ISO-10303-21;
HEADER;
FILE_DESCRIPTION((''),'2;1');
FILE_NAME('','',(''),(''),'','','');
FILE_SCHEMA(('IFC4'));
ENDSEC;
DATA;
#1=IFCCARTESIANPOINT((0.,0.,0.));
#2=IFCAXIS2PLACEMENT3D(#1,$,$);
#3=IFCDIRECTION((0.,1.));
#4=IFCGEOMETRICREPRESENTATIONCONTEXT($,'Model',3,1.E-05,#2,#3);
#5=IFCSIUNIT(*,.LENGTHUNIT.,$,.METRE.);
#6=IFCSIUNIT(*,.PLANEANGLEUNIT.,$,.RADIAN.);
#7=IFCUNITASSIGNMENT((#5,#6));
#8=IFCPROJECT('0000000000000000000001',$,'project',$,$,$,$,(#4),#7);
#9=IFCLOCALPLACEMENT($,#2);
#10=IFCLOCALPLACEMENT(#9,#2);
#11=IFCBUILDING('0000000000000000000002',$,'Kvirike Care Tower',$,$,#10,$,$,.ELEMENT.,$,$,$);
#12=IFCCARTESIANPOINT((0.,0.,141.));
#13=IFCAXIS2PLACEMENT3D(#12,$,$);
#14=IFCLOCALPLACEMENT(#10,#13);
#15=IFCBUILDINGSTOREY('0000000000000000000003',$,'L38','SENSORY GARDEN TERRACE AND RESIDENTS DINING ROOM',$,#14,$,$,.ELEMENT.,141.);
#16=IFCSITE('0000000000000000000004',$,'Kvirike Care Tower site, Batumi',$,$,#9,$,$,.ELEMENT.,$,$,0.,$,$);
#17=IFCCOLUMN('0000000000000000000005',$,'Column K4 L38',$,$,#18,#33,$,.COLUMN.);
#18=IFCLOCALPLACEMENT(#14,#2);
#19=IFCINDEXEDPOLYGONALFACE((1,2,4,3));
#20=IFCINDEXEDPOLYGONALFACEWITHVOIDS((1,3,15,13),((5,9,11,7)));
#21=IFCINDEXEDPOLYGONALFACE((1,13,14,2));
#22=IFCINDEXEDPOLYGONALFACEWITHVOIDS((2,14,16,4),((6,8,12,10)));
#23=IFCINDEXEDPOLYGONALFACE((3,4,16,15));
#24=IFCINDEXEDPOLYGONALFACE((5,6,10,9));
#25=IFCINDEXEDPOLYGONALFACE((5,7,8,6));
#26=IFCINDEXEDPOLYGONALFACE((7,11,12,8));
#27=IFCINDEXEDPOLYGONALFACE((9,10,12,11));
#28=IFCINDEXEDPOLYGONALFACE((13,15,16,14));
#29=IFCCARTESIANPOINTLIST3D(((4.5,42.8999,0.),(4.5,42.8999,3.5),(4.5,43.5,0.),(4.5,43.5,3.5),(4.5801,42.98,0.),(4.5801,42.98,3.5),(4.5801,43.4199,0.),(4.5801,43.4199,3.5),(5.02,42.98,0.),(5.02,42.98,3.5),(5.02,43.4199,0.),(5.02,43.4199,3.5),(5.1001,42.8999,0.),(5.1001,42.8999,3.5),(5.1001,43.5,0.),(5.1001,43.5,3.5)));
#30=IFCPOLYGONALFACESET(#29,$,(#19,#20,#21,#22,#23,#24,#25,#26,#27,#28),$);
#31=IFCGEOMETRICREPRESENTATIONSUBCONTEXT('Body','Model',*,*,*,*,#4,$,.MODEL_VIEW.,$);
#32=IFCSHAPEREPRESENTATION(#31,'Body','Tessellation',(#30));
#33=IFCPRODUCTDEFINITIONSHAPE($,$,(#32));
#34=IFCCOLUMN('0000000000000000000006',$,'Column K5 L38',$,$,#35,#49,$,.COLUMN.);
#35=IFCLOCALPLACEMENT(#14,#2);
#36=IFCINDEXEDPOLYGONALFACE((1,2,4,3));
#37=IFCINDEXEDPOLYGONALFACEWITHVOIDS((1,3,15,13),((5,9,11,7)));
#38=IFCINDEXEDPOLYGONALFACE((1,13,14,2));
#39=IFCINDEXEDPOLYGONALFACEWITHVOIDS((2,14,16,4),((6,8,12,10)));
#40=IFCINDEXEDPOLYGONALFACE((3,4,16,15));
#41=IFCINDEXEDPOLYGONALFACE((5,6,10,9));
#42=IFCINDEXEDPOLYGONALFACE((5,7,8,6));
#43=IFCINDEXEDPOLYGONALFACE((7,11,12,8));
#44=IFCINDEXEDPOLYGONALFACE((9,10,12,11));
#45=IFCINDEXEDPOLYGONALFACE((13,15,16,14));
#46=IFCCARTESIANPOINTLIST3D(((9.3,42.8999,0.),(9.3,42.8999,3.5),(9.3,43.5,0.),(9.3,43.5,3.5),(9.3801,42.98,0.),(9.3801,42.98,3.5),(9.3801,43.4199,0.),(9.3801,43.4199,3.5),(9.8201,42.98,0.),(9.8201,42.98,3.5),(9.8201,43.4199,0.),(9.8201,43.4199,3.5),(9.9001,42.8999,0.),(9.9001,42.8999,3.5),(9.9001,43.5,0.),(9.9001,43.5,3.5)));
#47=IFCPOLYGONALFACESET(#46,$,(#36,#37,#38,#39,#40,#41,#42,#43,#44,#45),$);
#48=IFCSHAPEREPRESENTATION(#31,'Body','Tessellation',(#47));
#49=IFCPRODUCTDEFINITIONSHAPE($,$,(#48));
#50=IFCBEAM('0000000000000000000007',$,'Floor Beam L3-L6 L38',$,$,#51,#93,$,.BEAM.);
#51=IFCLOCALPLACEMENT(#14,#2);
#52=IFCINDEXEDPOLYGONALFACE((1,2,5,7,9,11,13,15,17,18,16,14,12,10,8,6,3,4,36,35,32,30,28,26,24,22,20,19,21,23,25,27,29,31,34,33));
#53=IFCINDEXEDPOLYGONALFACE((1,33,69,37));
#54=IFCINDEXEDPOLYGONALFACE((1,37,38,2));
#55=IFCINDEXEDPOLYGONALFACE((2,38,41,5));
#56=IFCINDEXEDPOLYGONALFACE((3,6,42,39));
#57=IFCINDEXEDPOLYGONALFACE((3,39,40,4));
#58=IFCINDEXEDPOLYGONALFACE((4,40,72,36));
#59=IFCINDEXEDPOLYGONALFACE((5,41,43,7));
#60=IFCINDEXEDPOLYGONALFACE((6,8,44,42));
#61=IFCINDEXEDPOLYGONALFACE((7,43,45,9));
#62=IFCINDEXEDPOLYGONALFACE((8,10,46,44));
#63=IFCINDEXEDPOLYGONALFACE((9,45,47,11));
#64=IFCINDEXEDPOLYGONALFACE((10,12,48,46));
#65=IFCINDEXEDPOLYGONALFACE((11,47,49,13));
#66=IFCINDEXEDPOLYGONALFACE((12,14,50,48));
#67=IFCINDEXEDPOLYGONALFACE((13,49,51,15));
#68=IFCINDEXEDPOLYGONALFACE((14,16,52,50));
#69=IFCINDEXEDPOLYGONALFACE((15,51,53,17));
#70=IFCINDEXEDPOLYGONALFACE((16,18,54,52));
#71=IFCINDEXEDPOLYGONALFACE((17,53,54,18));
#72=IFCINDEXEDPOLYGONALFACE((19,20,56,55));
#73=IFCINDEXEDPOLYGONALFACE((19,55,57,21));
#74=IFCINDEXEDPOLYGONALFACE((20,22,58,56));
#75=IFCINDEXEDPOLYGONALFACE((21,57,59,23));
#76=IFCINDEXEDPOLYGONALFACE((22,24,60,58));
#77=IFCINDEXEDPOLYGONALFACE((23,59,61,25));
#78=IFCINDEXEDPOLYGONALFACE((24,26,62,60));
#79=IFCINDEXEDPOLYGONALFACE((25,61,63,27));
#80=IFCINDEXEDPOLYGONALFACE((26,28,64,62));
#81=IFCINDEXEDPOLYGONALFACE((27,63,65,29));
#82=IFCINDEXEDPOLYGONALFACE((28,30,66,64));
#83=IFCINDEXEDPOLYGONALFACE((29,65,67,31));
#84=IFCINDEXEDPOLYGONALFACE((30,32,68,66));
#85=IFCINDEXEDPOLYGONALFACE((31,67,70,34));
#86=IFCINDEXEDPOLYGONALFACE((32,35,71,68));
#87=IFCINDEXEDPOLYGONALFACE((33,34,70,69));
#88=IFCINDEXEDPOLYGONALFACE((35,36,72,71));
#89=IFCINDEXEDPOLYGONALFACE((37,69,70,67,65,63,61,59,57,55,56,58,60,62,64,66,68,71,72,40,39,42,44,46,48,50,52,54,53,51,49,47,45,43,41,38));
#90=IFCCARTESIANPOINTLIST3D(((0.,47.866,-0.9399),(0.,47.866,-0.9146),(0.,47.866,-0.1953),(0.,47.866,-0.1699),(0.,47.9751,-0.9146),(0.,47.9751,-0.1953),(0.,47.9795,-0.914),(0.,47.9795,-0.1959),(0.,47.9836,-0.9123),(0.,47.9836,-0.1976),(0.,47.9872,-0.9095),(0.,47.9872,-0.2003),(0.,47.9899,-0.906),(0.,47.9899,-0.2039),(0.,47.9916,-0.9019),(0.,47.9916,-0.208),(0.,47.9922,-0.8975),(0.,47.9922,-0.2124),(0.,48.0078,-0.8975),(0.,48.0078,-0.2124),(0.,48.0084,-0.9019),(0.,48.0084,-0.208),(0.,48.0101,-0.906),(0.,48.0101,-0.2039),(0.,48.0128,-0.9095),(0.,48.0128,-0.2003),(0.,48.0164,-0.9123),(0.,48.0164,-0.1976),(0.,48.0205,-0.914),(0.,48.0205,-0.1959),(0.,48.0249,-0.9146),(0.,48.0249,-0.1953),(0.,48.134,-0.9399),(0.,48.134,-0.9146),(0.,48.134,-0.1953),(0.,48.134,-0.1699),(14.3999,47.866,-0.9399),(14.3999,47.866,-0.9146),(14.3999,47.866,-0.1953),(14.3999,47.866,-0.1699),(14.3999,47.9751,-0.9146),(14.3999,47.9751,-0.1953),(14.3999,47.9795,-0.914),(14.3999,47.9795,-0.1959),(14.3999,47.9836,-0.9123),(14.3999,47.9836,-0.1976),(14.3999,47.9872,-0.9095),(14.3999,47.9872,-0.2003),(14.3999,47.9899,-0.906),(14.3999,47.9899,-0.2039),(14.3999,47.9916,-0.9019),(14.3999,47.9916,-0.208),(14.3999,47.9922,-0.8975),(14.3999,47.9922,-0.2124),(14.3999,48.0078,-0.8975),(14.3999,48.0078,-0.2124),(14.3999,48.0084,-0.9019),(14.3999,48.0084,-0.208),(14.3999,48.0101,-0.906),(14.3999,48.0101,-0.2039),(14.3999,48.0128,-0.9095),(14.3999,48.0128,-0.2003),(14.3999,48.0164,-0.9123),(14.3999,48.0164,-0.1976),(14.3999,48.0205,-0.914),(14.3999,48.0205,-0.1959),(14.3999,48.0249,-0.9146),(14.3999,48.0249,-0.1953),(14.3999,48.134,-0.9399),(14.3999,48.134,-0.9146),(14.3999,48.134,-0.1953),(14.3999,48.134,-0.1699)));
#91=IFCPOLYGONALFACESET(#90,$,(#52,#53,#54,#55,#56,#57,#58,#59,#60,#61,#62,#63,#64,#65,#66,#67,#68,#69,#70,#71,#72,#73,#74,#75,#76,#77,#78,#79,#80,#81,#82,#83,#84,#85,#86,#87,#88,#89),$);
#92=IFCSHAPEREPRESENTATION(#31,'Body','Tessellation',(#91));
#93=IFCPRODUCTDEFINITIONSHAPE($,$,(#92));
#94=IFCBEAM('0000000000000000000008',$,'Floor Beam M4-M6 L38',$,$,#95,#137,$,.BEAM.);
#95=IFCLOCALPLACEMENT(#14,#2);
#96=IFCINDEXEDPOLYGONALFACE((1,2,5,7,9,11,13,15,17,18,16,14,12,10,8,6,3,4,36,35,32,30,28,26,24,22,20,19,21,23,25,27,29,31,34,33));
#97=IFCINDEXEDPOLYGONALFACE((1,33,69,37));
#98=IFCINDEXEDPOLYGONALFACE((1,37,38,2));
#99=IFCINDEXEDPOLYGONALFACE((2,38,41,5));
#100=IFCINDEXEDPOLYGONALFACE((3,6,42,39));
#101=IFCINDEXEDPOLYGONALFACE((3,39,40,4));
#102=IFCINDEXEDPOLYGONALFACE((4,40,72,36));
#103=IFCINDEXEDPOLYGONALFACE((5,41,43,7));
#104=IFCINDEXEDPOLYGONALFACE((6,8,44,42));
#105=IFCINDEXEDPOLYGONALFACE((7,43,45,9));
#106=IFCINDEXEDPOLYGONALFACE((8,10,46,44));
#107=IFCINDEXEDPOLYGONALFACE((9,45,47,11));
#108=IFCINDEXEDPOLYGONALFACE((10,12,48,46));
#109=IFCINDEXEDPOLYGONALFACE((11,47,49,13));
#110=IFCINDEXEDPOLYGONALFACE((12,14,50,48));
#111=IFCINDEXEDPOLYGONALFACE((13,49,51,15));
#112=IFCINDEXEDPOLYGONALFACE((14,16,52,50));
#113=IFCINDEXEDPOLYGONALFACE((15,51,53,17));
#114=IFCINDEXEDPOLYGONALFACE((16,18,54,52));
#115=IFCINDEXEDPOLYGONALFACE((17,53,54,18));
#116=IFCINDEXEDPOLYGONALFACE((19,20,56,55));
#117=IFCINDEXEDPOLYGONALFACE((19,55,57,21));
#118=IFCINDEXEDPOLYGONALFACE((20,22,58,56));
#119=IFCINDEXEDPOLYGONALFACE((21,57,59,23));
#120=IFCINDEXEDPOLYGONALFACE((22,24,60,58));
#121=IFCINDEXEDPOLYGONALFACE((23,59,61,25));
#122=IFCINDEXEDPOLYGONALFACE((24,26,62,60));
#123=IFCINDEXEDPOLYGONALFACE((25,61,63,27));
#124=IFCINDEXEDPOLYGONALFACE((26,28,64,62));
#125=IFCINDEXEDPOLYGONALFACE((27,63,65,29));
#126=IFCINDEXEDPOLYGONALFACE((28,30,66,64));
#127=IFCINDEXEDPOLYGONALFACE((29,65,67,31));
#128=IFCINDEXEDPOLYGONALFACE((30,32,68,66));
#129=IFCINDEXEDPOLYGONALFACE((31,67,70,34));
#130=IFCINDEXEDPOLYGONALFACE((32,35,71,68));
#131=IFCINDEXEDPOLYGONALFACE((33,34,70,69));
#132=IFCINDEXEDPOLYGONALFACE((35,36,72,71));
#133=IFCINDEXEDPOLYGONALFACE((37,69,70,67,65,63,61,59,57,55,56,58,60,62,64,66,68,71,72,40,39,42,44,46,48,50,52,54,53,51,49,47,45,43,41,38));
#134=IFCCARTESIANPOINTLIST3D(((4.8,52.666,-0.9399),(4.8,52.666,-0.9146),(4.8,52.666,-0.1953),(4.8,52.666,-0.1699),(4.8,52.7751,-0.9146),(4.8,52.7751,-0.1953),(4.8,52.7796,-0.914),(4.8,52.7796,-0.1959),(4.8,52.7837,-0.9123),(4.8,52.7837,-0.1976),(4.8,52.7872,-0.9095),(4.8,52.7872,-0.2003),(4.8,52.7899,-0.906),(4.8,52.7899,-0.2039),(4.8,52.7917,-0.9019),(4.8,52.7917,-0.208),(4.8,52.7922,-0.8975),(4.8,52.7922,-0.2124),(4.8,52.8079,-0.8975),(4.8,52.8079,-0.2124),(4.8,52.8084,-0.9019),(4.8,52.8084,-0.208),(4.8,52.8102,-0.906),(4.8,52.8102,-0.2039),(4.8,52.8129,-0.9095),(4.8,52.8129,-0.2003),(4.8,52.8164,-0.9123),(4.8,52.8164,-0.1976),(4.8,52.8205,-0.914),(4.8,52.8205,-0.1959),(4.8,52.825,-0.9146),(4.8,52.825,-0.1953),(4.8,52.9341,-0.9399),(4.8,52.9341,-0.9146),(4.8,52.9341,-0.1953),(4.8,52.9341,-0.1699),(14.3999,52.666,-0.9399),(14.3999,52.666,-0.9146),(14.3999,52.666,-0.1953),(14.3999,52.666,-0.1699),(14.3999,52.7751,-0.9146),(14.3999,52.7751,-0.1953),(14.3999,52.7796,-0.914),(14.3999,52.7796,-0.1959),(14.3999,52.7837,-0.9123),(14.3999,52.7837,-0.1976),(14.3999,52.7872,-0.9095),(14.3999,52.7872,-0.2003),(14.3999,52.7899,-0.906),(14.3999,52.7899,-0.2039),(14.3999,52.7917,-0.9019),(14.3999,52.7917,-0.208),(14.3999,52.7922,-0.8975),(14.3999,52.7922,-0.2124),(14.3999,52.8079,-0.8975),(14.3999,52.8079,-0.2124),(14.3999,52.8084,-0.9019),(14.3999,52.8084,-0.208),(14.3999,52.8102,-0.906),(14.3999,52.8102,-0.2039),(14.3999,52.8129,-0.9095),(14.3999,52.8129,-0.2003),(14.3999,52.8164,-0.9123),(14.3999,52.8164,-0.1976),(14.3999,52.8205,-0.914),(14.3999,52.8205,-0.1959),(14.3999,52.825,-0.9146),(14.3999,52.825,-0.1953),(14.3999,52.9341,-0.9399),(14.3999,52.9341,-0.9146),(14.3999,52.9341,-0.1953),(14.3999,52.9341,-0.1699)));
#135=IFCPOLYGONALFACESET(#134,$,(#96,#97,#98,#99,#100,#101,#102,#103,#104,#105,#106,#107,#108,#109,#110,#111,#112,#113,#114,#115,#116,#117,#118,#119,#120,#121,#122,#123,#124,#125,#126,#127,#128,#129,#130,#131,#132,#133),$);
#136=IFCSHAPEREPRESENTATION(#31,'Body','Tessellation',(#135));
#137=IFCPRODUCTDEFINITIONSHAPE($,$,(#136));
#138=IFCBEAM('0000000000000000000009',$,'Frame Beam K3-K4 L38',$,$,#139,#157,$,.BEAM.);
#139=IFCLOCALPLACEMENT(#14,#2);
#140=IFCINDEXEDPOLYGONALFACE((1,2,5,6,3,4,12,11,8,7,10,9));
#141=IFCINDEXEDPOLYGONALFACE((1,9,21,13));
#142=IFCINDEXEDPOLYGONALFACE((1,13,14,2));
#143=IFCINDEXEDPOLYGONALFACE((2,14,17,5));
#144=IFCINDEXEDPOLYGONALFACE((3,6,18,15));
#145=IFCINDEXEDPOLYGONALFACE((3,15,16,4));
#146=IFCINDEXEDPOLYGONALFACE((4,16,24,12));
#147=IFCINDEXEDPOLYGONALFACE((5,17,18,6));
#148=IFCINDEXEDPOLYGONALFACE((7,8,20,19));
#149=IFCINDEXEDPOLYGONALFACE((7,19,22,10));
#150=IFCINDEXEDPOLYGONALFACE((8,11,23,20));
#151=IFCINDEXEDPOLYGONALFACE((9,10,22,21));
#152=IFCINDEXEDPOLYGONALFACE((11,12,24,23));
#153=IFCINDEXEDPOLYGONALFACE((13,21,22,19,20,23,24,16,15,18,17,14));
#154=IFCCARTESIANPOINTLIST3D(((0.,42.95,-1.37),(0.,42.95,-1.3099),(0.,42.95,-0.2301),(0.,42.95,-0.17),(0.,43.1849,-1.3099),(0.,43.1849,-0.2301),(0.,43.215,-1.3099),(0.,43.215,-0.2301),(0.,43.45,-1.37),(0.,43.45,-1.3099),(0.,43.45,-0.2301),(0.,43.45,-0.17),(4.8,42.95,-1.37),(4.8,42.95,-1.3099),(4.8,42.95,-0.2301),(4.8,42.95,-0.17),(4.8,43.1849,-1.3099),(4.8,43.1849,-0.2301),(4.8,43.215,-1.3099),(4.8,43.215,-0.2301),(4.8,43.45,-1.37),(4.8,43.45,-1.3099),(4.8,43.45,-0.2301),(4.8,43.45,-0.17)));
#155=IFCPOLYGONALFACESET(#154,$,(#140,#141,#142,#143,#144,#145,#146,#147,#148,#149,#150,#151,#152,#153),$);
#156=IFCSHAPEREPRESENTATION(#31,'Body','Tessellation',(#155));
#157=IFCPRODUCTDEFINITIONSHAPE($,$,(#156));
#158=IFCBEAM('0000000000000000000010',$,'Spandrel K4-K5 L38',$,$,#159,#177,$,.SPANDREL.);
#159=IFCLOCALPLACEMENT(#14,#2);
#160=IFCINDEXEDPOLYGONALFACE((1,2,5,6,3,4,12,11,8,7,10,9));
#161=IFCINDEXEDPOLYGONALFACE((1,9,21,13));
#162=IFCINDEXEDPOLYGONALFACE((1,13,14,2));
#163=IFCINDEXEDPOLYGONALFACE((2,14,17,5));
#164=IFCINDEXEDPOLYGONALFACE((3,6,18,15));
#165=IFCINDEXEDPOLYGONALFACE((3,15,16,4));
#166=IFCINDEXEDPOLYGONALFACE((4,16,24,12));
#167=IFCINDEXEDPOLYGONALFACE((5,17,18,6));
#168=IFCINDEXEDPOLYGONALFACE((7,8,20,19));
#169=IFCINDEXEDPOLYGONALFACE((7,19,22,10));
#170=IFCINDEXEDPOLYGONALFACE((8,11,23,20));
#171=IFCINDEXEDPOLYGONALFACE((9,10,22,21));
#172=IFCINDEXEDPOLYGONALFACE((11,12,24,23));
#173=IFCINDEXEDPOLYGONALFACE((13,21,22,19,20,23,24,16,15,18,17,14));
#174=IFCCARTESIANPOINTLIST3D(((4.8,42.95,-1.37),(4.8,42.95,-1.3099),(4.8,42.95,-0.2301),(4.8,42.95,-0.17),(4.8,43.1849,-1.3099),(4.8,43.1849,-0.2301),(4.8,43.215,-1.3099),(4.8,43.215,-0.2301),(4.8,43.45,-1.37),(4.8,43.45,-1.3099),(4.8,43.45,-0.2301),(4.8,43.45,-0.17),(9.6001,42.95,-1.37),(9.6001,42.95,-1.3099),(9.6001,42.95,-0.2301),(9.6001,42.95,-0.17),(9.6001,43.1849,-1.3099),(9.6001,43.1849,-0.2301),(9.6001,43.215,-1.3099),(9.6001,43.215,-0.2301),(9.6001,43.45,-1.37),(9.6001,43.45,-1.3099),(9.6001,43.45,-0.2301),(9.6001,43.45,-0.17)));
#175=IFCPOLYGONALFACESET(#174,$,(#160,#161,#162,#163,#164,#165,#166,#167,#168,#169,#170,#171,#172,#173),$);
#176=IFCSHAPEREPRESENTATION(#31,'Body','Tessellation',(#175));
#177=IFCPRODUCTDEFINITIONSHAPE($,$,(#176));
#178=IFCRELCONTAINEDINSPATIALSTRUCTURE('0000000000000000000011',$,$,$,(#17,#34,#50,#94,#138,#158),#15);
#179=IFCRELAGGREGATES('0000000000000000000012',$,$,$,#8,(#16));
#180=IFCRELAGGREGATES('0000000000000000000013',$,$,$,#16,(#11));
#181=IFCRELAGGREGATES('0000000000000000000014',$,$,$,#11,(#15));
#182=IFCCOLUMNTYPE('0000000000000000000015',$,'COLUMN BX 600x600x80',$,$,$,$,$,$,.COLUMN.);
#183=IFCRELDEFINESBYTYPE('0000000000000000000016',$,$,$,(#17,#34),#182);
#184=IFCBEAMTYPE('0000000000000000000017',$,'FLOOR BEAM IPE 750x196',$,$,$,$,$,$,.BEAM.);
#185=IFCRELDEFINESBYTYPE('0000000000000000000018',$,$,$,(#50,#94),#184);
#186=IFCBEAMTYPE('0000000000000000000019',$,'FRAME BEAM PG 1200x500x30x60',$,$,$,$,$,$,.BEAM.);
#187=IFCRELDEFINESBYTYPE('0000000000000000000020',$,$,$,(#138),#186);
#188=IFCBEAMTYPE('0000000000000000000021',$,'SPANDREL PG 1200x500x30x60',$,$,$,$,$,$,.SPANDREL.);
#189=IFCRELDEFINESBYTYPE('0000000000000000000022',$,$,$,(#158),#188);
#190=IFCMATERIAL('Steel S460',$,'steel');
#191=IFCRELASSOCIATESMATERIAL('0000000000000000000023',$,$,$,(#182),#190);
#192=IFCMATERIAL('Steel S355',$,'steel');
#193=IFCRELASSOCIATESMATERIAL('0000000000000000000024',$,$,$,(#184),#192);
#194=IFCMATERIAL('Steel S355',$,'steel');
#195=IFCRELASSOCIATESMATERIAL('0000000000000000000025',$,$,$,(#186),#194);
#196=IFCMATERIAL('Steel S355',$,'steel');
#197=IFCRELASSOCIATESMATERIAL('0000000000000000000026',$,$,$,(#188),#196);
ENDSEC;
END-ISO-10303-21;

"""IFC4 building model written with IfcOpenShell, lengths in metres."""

from ifc_helpers import new_model, si_unit, direction, frame, origin, origin_2d, place, context, subcontext, project, spatial, hollow_rectangle, i_section, extrude, material, material_profile, profile_set, type_object, element, save


model = new_model("IFC4")

# Units and contexts
model_context = context("Model", 3, precision=1e-05, world=origin(), true_north=direction((0.0, 1.0)))
body_context = subcontext(model_context, "Body", "Model", "MODEL_VIEW")
ifc_project = project(units=[si_unit("LENGTHUNIT", "METRE"), si_unit("PLANEANGLEUNIT", "RADIAN")], contexts=[model_context])

# Site, building, storey
site_placement = place(None, origin())
site = spatial("IfcSite", under=ifc_project, at=site_placement, Name="Kvirike Care Tower site, Batumi", CompositionType="ELEMENT", RefElevation=0.0)
building_placement = place(site_placement, origin())
building = spatial("IfcBuilding", under=site, at=building_placement, Name="Kvirike Care Tower", CompositionType="ELEMENT")
storey_placement = place(building_placement, frame((0.0, 0.0, 141.0)))
storey = spatial("IfcBuildingStorey", under=building, at=storey_placement, Name="L38", Description="SENSORY GARDEN TERRACE AND RESIDENTS DINING ROOM", CompositionType="ELEMENT", Elevation=141.0)

# Columns
ifc_material_1 = material(Name="Steel S460", Category="steel")
ifc_material_profile_1 = material_profile(ifc_material_1, hollow_rectangle(XDim=0.6001, YDim=0.6001, WallThickness=0.0801, at=origin_2d()), Name="BX 600x600x80")
ifc_profile_set_1 = profile_set([ifc_material_profile_1], Name="Steel S460")
column_type = type_object("IfcColumnType", Name="COLUMN BX 600x600x80", PredefinedType="COLUMN", material=ifc_profile_set_1)
for number, where, z_axis, x_axis, name in (
    (1, (4.8, 43.2, 0.0), (0.0, 0.0, 1.0), (0.0, 1.0, 0.0), "Column K4 L38"),
    (2, (9.6001, 43.2, 0.0), (0.0, 0.0, 1.0), (0.0, 1.0, 0.0), "Column K5 L38"),
):
    element("IfcColumn", number, at=place(storey_placement, frame(where, z_axis=z_axis, x_axis=x_axis)), inside=storey, type_object=column_type, Name=name, PredefinedType="COLUMN", context=body_context, shape_type="SweptSolid", body=[
        extrude(hollow_rectangle(XDim=0.6001, YDim=0.6001, WallThickness=0.0801, at=origin_2d()), origin(), (0.0, 0.0, 1.0), 3.5),
    ])

# Beams
ifc_material_2 = material(Name="Steel S355", Category="steel")
ifc_material_profile_2 = material_profile(ifc_material_2, i_section(OverallWidth=0.2681, OverallDepth=0.77, WebThickness=0.0156, FlangeThickness=0.0254, FilletRadius=0.0171, at=origin_2d()), Name="IPE 750x196")
ifc_profile_set_2 = profile_set([ifc_material_profile_2], Name="Steel S355")
beam_type_1 = type_object("IfcBeamType", Name="FLOOR BEAM IPE 750x196", PredefinedType="BEAM", material=ifc_profile_set_2)
beam_1_placement = place(storey_placement, frame((0.0, 48.0, -0.5549), z_axis=(1.0, 0.0, 0.0), x_axis=(0.0, 1.0, 0.0)))
element("IfcBeam", 3, at=beam_1_placement, inside=storey, type_object=beam_type_1, Name="Floor Beam L3-L6 L38", PredefinedType="BEAM", context=body_context, shape_type="SweptSolid", body=[
    extrude(i_section(OverallWidth=0.2681, OverallDepth=0.77, WebThickness=0.0156, FlangeThickness=0.0254, FilletRadius=0.0171, at=origin_2d()), origin(), (0.0, 0.0, 1.0), 14.3999),
])
beam_2_placement = place(storey_placement, frame((4.8, 52.8, -0.5549), z_axis=(1.0, 0.0, 0.0), x_axis=(0.0, 1.0, 0.0)))
element("IfcBeam", 4, at=beam_2_placement, inside=storey, type_object=beam_type_1, Name="Floor Beam M4-M6 L38", PredefinedType="BEAM", context=body_context, shape_type="SweptSolid", body=[
    extrude(i_section(OverallWidth=0.2681, OverallDepth=0.77, WebThickness=0.0156, FlangeThickness=0.0254, FilletRadius=0.0171, at=origin_2d()), origin(), (0.0, 0.0, 1.0), 9.5999),
])
ifc_material_3 = material(Name="Steel S355", Category="steel")
ifc_material_profile_3 = material_profile(ifc_material_3, i_section(OverallWidth=0.5, OverallDepth=1.2, WebThickness=0.03, FlangeThickness=0.0601, at=origin_2d()), Name="PG 1200x500x30x60")
ifc_profile_set_3 = profile_set([ifc_material_profile_3], Name="Steel S355")
beam_type_2 = type_object("IfcBeamType", Name="FRAME BEAM PG 1200x500x30x60", PredefinedType="BEAM", material=ifc_profile_set_3)
beam_3_placement = place(storey_placement, frame((0.0, 43.2, -0.77), z_axis=(1.0, 0.0, 0.0), x_axis=(0.0, 1.0, 0.0)))
element("IfcBeam", 5, at=beam_3_placement, inside=storey, type_object=beam_type_2, Name="Frame Beam K3-K4 L38", PredefinedType="BEAM", context=body_context, shape_type="SweptSolid", body=[
    extrude(i_section(OverallWidth=0.5, OverallDepth=1.2, WebThickness=0.03, FlangeThickness=0.0601, at=origin_2d()), origin(), (0.0, 0.0, 1.0), 4.8),
])
ifc_material_4 = material(Name="Steel S355", Category="steel")
ifc_material_profile_4 = material_profile(ifc_material_4, i_section(OverallWidth=0.5, OverallDepth=1.2, WebThickness=0.03, FlangeThickness=0.0601, at=origin_2d()), Name="PG 1200x500x30x60")
ifc_profile_set_4 = profile_set([ifc_material_profile_4], Name="Steel S355")
beam_type_3 = type_object("IfcBeamType", Name="SPANDREL PG 1200x500x30x60", PredefinedType="SPANDREL", material=ifc_profile_set_4)
beam_4_placement = place(storey_placement, frame((4.8, 43.2, -0.77), z_axis=(1.0, 0.0, 0.0), x_axis=(0.0, 1.0, 0.0)))
element("IfcBeam", 6, at=beam_4_placement, inside=storey, type_object=beam_type_3, Name="Spandrel K4-K5 L38", PredefinedType="SPANDREL", context=body_context, shape_type="SweptSolid", body=[
    extrude(i_section(OverallWidth=0.5, OverallDepth=1.2, WebThickness=0.03, FlangeThickness=0.0601, at=origin_2d()), origin(), (0.0, 0.0, 1.0), 4.8),
])

save(model, "model.ifc")
